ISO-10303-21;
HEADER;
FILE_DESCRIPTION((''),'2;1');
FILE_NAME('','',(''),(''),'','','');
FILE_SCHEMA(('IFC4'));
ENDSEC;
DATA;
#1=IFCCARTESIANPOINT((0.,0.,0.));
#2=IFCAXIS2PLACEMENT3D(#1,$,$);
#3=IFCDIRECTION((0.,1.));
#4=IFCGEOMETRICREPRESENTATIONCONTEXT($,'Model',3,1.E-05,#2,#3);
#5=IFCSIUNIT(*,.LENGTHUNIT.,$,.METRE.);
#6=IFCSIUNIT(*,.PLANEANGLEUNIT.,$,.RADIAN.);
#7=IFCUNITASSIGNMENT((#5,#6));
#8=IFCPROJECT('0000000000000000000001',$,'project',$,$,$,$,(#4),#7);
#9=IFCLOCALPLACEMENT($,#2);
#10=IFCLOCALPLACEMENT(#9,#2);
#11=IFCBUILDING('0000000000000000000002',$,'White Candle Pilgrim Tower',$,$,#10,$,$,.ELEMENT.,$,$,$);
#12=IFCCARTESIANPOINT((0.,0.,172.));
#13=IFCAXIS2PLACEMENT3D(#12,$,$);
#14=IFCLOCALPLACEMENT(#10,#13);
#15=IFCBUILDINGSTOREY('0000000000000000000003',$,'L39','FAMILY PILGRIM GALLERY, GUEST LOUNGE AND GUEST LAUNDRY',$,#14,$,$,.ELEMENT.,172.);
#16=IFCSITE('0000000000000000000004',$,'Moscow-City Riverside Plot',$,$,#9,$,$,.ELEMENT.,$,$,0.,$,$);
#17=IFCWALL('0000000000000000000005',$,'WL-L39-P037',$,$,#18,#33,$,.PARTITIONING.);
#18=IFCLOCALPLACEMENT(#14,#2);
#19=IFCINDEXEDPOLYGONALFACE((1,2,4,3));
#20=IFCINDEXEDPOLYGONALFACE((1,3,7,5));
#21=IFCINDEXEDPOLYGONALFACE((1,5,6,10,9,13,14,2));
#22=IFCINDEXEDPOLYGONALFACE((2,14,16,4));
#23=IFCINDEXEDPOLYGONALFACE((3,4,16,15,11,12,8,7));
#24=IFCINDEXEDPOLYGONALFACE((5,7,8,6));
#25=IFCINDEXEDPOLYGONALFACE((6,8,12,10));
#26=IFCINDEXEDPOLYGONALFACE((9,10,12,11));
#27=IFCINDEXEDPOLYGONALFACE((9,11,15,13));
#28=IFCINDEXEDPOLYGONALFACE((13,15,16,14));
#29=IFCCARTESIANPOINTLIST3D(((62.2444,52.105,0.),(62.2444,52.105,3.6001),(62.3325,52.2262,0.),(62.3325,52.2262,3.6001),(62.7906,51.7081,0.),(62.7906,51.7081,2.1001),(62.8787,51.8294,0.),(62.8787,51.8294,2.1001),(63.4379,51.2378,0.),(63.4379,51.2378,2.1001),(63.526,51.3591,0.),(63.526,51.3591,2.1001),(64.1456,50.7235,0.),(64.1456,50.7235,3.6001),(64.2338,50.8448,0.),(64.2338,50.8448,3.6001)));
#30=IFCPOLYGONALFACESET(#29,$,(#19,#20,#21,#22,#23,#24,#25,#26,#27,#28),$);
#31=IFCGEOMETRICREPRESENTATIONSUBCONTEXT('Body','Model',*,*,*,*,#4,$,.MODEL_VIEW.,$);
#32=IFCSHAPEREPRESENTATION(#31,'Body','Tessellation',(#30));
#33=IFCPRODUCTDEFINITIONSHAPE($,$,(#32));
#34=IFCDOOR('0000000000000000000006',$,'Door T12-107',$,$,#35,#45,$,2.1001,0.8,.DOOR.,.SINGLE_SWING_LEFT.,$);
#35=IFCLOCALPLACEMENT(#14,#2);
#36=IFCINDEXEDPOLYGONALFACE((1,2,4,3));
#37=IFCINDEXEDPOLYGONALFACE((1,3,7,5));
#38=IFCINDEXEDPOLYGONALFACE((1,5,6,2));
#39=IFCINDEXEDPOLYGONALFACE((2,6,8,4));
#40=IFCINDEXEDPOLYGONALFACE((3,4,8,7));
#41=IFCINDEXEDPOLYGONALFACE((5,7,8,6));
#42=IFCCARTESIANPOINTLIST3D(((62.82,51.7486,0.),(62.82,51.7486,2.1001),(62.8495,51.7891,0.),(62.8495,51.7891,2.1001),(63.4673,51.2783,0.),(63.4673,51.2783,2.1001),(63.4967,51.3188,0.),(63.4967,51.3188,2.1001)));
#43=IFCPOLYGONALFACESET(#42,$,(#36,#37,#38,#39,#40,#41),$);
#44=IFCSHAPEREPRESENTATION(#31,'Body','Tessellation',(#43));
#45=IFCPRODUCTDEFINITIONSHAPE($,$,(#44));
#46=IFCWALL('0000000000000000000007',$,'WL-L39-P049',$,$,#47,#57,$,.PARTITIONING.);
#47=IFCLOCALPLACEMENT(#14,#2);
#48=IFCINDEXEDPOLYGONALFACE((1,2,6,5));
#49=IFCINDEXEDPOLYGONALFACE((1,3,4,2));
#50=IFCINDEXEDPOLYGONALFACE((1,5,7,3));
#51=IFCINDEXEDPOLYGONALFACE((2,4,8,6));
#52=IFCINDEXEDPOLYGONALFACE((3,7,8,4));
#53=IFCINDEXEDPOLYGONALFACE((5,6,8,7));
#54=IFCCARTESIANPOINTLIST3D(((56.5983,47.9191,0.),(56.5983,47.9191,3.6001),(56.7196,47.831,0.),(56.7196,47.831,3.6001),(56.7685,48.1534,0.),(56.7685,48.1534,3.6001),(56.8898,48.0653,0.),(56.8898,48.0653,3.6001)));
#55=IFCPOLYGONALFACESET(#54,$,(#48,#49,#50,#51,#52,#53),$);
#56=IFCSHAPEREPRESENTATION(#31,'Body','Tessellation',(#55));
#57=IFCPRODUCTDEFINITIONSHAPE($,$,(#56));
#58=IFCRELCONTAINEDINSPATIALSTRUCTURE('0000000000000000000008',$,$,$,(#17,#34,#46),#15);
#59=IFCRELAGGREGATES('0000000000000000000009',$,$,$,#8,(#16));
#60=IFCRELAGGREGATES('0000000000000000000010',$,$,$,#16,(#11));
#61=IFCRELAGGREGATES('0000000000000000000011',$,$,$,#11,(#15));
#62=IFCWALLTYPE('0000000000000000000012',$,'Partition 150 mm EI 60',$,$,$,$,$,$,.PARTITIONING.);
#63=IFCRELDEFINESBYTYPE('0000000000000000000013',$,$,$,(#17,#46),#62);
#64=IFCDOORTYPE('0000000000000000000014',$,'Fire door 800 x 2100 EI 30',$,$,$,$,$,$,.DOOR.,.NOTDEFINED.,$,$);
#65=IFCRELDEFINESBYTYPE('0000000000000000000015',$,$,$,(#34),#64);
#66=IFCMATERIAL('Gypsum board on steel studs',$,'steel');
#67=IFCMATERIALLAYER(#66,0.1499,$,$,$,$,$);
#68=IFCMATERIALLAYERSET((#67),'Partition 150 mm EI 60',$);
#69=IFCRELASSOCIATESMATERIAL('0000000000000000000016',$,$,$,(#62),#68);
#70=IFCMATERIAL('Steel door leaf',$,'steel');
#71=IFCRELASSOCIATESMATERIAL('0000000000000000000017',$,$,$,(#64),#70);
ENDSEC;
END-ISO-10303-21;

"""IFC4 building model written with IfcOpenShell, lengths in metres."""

from ifc_helpers import new_model, si_unit, direction, frame, frame_2d, origin, place, context, subcontext, project, spatial, rectangle, extrude, material, layer, layer_set, type_object, element, fill, save


model = new_model("IFC4")

# Units and contexts
model_context = context("Model", 3, precision=1e-05, world=origin(), true_north=direction((0.0, 1.0)))
body_context = subcontext(model_context, "Body", "Model", "MODEL_VIEW")
ifc_project = project(units=[si_unit("LENGTHUNIT", "METRE"), si_unit("PLANEANGLEUNIT", "RADIAN")], contexts=[model_context])

# Site, building, storey
site_placement = place(None, origin())
site = spatial("IfcSite", under=ifc_project, at=site_placement, Name="Moscow-City Riverside Plot", CompositionType="ELEMENT", RefElevation=0.0)
building_placement = place(site_placement, origin())
building = spatial("IfcBuilding", under=site, at=building_placement, Name="White Candle Pilgrim Tower", CompositionType="ELEMENT")
storey_placement = place(building_placement, frame((0.0, 0.0, 172.0)))
storey = spatial("IfcBuildingStorey", under=building, at=storey_placement, Name="L39", Description="FAMILY PILGRIM GALLERY, GUEST LOUNGE AND GUEST LAUNDRY", CompositionType="ELEMENT", Elevation=172.0)

# Shared definitions
ifc_material_1 = material(Name="Gypsum board on steel studs", Category="steel")
ifc_layer_1 = layer(ifc_material_1, 0.1499)
ifc_layer_set_1 = layer_set([ifc_layer_1], Name="Partition 150 mm EI 60")
wall_type_1 = type_object("IfcWallType", Name="Partition 150 mm EI 60", PredefinedType="PARTITIONING", material=ifc_layer_set_1)

# Wall, opening, door
wall_1_placement = place(storey_placement, frame((64.1897, 50.7842, 0.0), z_axis=(0.0, 0.0, 1.0), x_axis=(-0.808997, 0.587813, 0.0)))
wall_1 = element("IfcWall", 1, at=wall_1_placement, inside=storey, type_object=wall_type_1, Name="WL-L39-P037", PredefinedType="PARTITIONING", context=body_context, shape_type="SweptSolid", body=[
    extrude(rectangle(XDim=2.3501, YDim=0.1499, at=frame_2d((1.175, 0.0))), origin(), (0.0, 0.0, 1.0), 3.6001),
])
opening_1_placement = place(wall_1_placement, frame((0.875, 0.0, 0.0)))
opening_1 = element("IfcOpeningElement", 2, at=opening_1_placement, cuts=wall_1, PredefinedType="OPENING", context=body_context, shape_type="SweptSolid", body=[
    extrude(rectangle(XDim=0.8, YDim=2.1001, at=frame_2d((0.3999, 1.05))), frame((0.0, 0.085, 0.0), z_axis=(0.0, -1.0, 0.0), x_axis=(1.0, 0.0, 0.0)), (0.0, 0.0, 1.0), 0.1699),
])
ifc_material_2 = material(Name="Steel door leaf", Category="steel")
door_type = type_object("IfcDoorType", Name="Fire door 800 x 2100 EI 30", OperationType="NOTDEFINED", PredefinedType="DOOR", material=ifc_material_2)
door_placement = place(opening_1_placement, origin())
door = element("IfcDoor", 3, at=door_placement, inside=storey, type_object=door_type, Name="Door T12-107", OperationType="SINGLE_SWING_LEFT", OverallHeight=2.1001, OverallWidth=0.8, PredefinedType="DOOR", context=body_context, shape_type="SweptSolid", body=[
    extrude(rectangle(XDim=0.8, YDim=2.1001, at=frame_2d((0.3999, 1.05))), frame((0.0, 0.0249, 0.0), z_axis=(0.0, -1.0, 0.0), x_axis=(1.0, 0.0, 0.0)), (0.0, 0.0, 1.0), 0.05),
])
fill(opening_1, door)

# Wall
wall_2_placement = place(storey_placement, frame((56.8291, 48.1094, 0.0), z_axis=(0.0, 0.0, 1.0), x_axis=(-0.58752, -0.80921, 0.0)))
element("IfcWall", 4, at=wall_2_placement, inside=storey, type_object=wall_type_1, Name="WL-L39-P049", PredefinedType="PARTITIONING", context=body_context, shape_type="SweptSolid", body=[
    extrude(rectangle(XDim=0.2896, YDim=0.1499, at=frame_2d((0.1448, 0.0))), origin(), (0.0, 0.0, 1.0), 3.6001),
])

save(model, "model.ifc")
